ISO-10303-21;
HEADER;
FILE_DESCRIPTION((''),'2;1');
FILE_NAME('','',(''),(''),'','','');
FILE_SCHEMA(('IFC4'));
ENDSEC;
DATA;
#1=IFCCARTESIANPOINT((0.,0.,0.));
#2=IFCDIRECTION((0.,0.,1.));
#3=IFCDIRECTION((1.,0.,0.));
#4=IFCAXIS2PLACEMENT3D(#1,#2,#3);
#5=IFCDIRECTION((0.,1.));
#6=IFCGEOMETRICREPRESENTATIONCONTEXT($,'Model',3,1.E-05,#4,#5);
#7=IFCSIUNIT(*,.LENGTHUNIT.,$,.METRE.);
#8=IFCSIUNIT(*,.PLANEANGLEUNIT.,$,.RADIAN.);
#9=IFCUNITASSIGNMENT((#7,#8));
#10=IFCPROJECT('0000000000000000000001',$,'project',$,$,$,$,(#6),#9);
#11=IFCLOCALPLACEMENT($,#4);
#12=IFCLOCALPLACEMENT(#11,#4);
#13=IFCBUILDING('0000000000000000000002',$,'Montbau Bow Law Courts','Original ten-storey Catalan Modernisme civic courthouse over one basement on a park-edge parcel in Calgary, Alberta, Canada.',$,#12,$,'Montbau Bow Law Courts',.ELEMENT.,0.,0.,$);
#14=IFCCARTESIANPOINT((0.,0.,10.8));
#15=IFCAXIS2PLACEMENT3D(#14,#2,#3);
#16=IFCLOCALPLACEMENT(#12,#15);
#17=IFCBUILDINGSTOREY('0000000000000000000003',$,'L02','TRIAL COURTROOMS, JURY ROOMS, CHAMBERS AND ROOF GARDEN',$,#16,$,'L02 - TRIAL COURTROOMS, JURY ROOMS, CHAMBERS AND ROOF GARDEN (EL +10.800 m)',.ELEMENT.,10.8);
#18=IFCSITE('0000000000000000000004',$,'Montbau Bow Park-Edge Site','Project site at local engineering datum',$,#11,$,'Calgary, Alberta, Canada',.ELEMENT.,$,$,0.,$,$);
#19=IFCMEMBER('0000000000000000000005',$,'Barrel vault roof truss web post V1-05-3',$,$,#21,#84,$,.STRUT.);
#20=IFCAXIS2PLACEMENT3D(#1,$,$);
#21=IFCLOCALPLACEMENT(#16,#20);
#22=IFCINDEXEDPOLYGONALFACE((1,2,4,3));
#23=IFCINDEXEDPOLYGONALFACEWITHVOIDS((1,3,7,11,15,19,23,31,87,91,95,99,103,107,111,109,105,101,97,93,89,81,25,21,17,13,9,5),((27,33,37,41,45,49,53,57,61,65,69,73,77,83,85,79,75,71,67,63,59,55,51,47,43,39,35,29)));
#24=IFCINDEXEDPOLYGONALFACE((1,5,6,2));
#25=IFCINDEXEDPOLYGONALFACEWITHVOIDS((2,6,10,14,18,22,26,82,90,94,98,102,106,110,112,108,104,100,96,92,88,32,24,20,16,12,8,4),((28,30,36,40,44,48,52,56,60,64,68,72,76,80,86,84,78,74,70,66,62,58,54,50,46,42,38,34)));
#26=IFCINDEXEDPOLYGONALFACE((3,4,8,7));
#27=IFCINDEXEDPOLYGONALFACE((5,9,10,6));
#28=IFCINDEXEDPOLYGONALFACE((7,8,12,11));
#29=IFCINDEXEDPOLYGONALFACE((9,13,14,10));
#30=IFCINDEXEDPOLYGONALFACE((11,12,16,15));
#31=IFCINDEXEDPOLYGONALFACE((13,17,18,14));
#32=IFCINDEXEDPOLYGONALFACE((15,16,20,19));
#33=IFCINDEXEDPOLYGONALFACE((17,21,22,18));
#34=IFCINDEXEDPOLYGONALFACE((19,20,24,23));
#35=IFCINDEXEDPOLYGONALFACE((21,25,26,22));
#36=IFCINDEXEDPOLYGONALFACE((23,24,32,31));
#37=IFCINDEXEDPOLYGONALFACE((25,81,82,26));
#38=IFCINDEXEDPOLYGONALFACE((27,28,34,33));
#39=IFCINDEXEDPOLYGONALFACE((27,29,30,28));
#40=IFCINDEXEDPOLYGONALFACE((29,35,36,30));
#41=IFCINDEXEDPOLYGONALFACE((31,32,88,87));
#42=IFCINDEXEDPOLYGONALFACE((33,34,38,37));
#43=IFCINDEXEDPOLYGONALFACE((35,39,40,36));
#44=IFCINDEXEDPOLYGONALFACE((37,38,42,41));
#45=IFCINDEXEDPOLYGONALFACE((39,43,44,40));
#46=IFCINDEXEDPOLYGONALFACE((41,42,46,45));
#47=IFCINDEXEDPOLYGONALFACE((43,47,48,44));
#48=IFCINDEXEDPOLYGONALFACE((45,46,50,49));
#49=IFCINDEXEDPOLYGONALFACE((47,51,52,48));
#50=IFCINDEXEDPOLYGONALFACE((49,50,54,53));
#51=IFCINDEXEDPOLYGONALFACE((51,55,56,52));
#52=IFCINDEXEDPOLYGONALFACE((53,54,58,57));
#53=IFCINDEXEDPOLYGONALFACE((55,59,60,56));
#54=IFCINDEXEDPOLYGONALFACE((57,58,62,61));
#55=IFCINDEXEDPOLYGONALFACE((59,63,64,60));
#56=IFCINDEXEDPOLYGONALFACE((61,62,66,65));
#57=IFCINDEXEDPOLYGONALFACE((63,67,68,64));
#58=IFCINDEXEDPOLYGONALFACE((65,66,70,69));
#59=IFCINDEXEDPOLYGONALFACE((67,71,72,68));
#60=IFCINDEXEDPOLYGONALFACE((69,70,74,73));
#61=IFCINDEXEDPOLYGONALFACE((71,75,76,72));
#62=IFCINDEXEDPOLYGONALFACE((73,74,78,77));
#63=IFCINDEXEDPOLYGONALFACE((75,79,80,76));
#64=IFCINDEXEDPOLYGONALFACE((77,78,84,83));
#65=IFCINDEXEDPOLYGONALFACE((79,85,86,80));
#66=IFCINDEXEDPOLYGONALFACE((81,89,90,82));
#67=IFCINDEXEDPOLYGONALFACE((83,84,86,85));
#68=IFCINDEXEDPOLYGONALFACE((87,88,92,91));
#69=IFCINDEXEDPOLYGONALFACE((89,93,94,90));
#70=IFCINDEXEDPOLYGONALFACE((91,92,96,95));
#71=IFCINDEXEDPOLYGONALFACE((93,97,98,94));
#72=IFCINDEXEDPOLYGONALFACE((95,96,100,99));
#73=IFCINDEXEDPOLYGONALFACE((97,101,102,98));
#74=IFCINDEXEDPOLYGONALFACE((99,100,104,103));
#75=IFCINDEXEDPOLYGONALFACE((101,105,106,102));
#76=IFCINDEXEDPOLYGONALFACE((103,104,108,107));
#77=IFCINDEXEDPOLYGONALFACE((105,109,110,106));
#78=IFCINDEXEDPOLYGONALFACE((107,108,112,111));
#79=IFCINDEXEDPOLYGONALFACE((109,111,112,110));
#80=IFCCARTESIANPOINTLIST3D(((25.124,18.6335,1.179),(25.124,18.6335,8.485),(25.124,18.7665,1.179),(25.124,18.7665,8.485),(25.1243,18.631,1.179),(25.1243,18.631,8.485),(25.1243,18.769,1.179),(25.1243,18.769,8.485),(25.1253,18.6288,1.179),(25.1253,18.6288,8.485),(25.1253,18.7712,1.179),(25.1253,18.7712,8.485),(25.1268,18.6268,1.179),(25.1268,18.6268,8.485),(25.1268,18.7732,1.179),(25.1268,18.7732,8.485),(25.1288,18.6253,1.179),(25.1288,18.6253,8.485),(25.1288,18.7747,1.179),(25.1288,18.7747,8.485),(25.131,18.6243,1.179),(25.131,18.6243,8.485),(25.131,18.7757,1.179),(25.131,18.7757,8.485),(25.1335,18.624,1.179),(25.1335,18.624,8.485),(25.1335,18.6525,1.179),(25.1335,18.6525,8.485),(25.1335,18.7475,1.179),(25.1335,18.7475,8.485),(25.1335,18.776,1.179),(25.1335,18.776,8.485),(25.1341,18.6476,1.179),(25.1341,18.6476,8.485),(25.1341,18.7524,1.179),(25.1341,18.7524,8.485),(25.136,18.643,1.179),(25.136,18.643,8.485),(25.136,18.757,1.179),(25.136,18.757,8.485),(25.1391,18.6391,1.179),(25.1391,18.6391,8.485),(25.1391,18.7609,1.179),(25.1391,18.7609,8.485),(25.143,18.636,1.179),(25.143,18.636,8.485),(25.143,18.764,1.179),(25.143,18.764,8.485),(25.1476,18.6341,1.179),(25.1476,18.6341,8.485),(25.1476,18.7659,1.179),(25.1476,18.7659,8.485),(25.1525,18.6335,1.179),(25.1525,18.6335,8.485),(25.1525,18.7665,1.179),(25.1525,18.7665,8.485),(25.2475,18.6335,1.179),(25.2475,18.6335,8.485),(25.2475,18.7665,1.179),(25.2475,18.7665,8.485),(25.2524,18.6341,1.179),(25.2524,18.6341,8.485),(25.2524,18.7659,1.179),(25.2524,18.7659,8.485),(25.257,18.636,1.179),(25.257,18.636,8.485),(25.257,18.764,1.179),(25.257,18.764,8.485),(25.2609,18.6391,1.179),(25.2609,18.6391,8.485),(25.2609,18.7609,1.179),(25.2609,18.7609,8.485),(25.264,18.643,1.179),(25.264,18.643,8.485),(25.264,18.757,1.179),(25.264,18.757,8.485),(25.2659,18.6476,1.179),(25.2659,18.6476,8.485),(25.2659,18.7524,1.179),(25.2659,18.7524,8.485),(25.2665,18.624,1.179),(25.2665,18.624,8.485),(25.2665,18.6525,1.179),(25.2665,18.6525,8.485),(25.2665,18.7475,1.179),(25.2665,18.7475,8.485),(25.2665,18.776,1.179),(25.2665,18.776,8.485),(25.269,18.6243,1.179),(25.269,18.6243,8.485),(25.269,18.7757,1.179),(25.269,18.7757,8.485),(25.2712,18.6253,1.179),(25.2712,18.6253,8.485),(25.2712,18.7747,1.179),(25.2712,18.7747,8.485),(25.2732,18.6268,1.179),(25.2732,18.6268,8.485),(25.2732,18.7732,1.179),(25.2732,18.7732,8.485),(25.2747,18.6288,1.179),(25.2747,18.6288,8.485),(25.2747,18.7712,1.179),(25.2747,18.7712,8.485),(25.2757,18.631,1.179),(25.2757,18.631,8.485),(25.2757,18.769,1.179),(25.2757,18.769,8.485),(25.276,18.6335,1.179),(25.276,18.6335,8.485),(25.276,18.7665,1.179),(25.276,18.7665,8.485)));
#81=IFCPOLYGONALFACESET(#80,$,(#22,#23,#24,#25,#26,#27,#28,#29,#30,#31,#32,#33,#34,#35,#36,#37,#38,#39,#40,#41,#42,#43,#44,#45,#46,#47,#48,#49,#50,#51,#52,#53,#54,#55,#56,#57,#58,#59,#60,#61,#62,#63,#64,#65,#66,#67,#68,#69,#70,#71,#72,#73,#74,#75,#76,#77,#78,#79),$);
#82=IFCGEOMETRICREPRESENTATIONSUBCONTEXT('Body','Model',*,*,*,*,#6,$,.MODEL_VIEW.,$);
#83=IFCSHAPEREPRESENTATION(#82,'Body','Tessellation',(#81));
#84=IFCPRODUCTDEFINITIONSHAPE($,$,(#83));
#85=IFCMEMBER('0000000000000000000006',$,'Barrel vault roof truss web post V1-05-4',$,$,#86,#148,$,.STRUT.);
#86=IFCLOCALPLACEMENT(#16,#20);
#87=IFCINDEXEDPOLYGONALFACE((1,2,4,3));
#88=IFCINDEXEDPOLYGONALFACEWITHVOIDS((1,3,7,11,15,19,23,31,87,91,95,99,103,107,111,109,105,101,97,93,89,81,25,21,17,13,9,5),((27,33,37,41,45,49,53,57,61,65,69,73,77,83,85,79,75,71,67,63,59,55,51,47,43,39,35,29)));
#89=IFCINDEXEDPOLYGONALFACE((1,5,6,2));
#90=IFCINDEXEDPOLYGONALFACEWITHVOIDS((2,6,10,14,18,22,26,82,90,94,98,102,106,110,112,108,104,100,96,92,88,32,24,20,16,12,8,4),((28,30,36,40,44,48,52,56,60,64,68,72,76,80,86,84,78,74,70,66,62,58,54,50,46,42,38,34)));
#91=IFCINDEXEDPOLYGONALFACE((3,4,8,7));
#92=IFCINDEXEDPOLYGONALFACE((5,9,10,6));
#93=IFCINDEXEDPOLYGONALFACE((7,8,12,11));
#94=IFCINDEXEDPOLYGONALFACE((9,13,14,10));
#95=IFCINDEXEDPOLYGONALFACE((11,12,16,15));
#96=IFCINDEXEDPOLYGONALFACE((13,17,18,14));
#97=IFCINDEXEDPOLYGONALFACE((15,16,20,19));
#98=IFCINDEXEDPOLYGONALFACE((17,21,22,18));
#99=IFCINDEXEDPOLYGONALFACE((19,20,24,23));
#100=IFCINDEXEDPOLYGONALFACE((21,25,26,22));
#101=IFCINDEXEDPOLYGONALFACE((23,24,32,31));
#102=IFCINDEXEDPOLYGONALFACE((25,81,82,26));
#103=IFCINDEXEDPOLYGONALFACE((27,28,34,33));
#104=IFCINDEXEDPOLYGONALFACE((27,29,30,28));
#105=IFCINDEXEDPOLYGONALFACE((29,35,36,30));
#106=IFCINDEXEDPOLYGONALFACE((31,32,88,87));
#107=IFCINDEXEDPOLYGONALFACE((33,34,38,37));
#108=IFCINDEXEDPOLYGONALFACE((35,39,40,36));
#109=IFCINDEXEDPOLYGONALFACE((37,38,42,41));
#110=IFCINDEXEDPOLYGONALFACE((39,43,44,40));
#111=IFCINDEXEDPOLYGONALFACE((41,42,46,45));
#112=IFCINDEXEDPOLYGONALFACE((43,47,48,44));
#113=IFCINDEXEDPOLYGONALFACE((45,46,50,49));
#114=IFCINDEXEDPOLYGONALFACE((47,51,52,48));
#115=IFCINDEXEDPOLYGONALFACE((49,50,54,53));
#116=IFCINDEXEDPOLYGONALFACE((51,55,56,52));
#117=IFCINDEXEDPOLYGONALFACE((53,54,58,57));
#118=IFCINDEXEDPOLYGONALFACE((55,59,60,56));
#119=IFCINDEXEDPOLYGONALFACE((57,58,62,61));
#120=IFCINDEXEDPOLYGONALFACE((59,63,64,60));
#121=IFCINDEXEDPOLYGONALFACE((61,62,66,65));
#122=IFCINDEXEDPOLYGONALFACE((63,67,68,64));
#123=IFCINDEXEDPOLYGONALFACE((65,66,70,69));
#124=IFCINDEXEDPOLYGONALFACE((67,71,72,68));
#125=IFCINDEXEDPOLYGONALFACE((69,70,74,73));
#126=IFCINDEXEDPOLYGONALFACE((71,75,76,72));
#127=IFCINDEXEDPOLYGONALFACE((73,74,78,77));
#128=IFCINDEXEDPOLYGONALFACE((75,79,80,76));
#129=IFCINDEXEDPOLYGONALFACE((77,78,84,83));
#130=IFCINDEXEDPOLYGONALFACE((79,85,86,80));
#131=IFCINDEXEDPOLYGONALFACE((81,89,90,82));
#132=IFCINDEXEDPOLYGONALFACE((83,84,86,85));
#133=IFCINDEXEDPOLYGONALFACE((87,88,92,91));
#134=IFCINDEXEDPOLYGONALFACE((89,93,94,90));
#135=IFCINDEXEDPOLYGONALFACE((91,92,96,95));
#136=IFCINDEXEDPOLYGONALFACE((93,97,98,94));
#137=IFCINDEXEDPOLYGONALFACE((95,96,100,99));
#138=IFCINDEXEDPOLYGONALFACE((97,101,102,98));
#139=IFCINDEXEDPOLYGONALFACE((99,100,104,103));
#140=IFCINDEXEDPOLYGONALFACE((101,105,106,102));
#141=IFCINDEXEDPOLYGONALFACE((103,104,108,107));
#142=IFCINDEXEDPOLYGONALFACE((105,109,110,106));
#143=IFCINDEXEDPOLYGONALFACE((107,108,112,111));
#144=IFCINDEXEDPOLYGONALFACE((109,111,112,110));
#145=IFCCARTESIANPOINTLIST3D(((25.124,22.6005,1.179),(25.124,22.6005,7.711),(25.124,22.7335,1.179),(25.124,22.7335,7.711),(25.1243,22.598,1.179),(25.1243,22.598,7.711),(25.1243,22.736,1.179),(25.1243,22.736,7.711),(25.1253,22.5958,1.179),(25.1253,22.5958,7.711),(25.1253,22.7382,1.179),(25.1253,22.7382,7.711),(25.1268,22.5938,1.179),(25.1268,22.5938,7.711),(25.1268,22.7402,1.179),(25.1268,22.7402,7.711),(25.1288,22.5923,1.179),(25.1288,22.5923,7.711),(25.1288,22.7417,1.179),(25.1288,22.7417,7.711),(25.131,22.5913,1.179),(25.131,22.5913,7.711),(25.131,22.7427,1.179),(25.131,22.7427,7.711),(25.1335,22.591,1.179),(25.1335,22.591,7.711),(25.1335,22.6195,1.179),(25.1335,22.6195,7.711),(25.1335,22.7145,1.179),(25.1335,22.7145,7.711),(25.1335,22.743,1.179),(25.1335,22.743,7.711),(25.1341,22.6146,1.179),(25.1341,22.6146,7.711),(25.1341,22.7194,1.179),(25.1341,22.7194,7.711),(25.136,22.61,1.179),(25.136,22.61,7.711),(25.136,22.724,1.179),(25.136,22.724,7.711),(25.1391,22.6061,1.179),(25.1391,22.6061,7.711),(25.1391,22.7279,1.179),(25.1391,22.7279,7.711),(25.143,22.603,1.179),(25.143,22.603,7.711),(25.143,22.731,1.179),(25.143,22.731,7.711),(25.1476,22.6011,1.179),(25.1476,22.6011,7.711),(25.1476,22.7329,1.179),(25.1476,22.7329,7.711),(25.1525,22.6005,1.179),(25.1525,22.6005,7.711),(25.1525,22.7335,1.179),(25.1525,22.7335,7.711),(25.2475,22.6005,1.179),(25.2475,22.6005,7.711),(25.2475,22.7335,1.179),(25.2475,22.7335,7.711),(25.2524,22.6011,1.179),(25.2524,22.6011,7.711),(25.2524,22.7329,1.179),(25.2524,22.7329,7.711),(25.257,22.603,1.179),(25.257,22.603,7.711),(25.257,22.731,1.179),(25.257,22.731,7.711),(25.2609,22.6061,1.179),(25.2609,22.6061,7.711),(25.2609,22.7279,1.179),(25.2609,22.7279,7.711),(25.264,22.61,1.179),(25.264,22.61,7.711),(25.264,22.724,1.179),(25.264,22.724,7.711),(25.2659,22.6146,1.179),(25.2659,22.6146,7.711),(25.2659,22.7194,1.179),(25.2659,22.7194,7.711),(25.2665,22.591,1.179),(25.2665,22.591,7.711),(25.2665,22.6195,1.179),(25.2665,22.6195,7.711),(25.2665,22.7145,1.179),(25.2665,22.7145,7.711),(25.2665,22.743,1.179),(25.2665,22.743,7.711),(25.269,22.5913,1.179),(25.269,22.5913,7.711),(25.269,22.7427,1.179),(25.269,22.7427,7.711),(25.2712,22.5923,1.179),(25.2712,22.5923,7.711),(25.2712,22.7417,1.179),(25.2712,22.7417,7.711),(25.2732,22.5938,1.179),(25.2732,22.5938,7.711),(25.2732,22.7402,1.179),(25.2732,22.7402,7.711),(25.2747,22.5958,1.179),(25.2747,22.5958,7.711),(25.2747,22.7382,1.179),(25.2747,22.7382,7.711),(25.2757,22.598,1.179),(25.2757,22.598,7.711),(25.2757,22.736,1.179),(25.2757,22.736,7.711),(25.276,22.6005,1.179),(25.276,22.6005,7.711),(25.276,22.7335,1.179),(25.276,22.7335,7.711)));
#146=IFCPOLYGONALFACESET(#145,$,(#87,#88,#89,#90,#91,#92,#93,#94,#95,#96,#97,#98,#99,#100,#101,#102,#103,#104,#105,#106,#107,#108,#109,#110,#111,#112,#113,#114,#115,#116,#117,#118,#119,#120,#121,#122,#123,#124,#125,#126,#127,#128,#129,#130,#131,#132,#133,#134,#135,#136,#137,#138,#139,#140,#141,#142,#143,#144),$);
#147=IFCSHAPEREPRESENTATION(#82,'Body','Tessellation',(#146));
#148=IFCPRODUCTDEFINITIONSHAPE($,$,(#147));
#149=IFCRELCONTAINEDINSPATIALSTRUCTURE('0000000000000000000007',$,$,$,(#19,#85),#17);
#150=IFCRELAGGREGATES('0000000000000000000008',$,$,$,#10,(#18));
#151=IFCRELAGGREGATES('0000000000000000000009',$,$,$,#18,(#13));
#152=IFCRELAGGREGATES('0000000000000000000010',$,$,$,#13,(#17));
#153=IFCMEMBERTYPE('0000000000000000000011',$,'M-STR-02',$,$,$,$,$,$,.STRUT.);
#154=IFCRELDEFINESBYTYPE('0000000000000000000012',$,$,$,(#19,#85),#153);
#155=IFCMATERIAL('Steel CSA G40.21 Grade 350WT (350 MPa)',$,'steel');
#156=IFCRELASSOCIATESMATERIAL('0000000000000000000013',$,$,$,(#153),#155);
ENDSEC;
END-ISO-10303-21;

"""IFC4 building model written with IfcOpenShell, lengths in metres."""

from ifc_helpers import new_model, si_unit, direction, frame, origin_with_axes, origin_2d_with_axis, place, context, subcontext, project, spatial, hollow_rectangle, extrude, material, material_profile, profile_set, type_object, element, save


model = new_model("IFC4")

# Units and contexts
model_context = context("Model", 3, precision=1e-05, world=origin_with_axes(), true_north=direction((0.0, 1.0)))
body_context = subcontext(model_context, "Body", "Model", "MODEL_VIEW")
ifc_project = project(units=[si_unit("LENGTHUNIT", "METRE"), si_unit("PLANEANGLEUNIT", "RADIAN")], contexts=[model_context])

# Site, building, storey
site_placement = place(None, origin_with_axes())
site = spatial("IfcSite", under=ifc_project, at=site_placement, Name="Montbau Bow Park-Edge Site", Description="Project site at local engineering datum", LongName="Calgary, Alberta, Canada", CompositionType="ELEMENT", RefElevation=0.0)
building_placement = place(site_placement, origin_with_axes())
building = spatial("IfcBuilding", under=site, at=building_placement, Name="Montbau Bow Law Courts", Description="Original ten-storey Catalan Modernisme civic courthouse over one basement on a park-edge parcel in Calgary, Alberta, Canada.", LongName="Montbau Bow Law Courts", CompositionType="ELEMENT", ElevationOfRefHeight=0.0, ElevationOfTerrain=0.0)
storey_placement = place(building_placement, frame((0.0, 0.0, 10.8), z_axis=(0.0, 0.0, 1.0), x_axis=(1.0, 0.0, 0.0)))
storey = spatial("IfcBuildingStorey", under=building, at=storey_placement, Name="L02", Description="TRIAL COURTROOMS, JURY ROOMS, CHAMBERS AND ROOF GARDEN", LongName="L02 - TRIAL COURTROOMS, JURY ROOMS, CHAMBERS AND ROOF GARDEN (EL +10.800 m)", CompositionType="ELEMENT", Elevation=10.8)

# Shared definitions
ifc_material = material(Name="Steel CSA G40.21 Grade 350WT (350 MPa)", Category="steel")

# Members
ifc_material_profile_1 = material_profile(ifc_material, hollow_rectangle(XDim=0.152, YDim=0.152, WallThickness=0.0095, InnerFilletRadius=0.019, OuterFilletRadius=0.0095, at=origin_2d_with_axis()), Name="HSS152X152X9.5", Category="Main", Priority=0)
ifc_profile_set_1 = profile_set([ifc_material_profile_1], Name="Steel CSA G40.21 Grade 350WT (350 MPa)")
member_type_1 = type_object("IfcMemberType", Name="M-STR-02", PredefinedType="STRUT", material=ifc_profile_set_1)
member_1_placement = place(None, frame((25.2, 18.7, 11.979), z_axis=(0.0, 0.0, 1.0), x_axis=(1.0, 0.0, 0.0)))
element("IfcMember", 1, at=member_1_placement, inside=storey, type_object=member_type_1, Name="Barrel vault roof truss web post V1-05-3", PredefinedType="STRUT", context=body_context, shape_type="SweptSolid", body=[
    extrude(hollow_rectangle(XDim=0.152, YDim=0.152, WallThickness=0.0095, InnerFilletRadius=0.019, OuterFilletRadius=0.0095, at=origin_2d_with_axis()), origin_with_axes(), (0.0, 0.0, 1.0), 7.306),
])
member_2_placement = place(None, frame((25.2, 22.667, 11.979), z_axis=(0.0, 0.0, 1.0), x_axis=(1.0, 0.0, 0.0)))
element("IfcMember", 2, at=member_2_placement, inside=storey, type_object=member_type_1, Name="Barrel vault roof truss web post V1-05-4", PredefinedType="STRUT", context=body_context, shape_type="SweptSolid", body=[
    extrude(hollow_rectangle(XDim=0.152, YDim=0.152, WallThickness=0.0095, InnerFilletRadius=0.019, OuterFilletRadius=0.0095, at=origin_2d_with_axis()), origin_with_axes(), (0.0, 0.0, 1.0), 6.532),
])

save(model, "model.ifc")
